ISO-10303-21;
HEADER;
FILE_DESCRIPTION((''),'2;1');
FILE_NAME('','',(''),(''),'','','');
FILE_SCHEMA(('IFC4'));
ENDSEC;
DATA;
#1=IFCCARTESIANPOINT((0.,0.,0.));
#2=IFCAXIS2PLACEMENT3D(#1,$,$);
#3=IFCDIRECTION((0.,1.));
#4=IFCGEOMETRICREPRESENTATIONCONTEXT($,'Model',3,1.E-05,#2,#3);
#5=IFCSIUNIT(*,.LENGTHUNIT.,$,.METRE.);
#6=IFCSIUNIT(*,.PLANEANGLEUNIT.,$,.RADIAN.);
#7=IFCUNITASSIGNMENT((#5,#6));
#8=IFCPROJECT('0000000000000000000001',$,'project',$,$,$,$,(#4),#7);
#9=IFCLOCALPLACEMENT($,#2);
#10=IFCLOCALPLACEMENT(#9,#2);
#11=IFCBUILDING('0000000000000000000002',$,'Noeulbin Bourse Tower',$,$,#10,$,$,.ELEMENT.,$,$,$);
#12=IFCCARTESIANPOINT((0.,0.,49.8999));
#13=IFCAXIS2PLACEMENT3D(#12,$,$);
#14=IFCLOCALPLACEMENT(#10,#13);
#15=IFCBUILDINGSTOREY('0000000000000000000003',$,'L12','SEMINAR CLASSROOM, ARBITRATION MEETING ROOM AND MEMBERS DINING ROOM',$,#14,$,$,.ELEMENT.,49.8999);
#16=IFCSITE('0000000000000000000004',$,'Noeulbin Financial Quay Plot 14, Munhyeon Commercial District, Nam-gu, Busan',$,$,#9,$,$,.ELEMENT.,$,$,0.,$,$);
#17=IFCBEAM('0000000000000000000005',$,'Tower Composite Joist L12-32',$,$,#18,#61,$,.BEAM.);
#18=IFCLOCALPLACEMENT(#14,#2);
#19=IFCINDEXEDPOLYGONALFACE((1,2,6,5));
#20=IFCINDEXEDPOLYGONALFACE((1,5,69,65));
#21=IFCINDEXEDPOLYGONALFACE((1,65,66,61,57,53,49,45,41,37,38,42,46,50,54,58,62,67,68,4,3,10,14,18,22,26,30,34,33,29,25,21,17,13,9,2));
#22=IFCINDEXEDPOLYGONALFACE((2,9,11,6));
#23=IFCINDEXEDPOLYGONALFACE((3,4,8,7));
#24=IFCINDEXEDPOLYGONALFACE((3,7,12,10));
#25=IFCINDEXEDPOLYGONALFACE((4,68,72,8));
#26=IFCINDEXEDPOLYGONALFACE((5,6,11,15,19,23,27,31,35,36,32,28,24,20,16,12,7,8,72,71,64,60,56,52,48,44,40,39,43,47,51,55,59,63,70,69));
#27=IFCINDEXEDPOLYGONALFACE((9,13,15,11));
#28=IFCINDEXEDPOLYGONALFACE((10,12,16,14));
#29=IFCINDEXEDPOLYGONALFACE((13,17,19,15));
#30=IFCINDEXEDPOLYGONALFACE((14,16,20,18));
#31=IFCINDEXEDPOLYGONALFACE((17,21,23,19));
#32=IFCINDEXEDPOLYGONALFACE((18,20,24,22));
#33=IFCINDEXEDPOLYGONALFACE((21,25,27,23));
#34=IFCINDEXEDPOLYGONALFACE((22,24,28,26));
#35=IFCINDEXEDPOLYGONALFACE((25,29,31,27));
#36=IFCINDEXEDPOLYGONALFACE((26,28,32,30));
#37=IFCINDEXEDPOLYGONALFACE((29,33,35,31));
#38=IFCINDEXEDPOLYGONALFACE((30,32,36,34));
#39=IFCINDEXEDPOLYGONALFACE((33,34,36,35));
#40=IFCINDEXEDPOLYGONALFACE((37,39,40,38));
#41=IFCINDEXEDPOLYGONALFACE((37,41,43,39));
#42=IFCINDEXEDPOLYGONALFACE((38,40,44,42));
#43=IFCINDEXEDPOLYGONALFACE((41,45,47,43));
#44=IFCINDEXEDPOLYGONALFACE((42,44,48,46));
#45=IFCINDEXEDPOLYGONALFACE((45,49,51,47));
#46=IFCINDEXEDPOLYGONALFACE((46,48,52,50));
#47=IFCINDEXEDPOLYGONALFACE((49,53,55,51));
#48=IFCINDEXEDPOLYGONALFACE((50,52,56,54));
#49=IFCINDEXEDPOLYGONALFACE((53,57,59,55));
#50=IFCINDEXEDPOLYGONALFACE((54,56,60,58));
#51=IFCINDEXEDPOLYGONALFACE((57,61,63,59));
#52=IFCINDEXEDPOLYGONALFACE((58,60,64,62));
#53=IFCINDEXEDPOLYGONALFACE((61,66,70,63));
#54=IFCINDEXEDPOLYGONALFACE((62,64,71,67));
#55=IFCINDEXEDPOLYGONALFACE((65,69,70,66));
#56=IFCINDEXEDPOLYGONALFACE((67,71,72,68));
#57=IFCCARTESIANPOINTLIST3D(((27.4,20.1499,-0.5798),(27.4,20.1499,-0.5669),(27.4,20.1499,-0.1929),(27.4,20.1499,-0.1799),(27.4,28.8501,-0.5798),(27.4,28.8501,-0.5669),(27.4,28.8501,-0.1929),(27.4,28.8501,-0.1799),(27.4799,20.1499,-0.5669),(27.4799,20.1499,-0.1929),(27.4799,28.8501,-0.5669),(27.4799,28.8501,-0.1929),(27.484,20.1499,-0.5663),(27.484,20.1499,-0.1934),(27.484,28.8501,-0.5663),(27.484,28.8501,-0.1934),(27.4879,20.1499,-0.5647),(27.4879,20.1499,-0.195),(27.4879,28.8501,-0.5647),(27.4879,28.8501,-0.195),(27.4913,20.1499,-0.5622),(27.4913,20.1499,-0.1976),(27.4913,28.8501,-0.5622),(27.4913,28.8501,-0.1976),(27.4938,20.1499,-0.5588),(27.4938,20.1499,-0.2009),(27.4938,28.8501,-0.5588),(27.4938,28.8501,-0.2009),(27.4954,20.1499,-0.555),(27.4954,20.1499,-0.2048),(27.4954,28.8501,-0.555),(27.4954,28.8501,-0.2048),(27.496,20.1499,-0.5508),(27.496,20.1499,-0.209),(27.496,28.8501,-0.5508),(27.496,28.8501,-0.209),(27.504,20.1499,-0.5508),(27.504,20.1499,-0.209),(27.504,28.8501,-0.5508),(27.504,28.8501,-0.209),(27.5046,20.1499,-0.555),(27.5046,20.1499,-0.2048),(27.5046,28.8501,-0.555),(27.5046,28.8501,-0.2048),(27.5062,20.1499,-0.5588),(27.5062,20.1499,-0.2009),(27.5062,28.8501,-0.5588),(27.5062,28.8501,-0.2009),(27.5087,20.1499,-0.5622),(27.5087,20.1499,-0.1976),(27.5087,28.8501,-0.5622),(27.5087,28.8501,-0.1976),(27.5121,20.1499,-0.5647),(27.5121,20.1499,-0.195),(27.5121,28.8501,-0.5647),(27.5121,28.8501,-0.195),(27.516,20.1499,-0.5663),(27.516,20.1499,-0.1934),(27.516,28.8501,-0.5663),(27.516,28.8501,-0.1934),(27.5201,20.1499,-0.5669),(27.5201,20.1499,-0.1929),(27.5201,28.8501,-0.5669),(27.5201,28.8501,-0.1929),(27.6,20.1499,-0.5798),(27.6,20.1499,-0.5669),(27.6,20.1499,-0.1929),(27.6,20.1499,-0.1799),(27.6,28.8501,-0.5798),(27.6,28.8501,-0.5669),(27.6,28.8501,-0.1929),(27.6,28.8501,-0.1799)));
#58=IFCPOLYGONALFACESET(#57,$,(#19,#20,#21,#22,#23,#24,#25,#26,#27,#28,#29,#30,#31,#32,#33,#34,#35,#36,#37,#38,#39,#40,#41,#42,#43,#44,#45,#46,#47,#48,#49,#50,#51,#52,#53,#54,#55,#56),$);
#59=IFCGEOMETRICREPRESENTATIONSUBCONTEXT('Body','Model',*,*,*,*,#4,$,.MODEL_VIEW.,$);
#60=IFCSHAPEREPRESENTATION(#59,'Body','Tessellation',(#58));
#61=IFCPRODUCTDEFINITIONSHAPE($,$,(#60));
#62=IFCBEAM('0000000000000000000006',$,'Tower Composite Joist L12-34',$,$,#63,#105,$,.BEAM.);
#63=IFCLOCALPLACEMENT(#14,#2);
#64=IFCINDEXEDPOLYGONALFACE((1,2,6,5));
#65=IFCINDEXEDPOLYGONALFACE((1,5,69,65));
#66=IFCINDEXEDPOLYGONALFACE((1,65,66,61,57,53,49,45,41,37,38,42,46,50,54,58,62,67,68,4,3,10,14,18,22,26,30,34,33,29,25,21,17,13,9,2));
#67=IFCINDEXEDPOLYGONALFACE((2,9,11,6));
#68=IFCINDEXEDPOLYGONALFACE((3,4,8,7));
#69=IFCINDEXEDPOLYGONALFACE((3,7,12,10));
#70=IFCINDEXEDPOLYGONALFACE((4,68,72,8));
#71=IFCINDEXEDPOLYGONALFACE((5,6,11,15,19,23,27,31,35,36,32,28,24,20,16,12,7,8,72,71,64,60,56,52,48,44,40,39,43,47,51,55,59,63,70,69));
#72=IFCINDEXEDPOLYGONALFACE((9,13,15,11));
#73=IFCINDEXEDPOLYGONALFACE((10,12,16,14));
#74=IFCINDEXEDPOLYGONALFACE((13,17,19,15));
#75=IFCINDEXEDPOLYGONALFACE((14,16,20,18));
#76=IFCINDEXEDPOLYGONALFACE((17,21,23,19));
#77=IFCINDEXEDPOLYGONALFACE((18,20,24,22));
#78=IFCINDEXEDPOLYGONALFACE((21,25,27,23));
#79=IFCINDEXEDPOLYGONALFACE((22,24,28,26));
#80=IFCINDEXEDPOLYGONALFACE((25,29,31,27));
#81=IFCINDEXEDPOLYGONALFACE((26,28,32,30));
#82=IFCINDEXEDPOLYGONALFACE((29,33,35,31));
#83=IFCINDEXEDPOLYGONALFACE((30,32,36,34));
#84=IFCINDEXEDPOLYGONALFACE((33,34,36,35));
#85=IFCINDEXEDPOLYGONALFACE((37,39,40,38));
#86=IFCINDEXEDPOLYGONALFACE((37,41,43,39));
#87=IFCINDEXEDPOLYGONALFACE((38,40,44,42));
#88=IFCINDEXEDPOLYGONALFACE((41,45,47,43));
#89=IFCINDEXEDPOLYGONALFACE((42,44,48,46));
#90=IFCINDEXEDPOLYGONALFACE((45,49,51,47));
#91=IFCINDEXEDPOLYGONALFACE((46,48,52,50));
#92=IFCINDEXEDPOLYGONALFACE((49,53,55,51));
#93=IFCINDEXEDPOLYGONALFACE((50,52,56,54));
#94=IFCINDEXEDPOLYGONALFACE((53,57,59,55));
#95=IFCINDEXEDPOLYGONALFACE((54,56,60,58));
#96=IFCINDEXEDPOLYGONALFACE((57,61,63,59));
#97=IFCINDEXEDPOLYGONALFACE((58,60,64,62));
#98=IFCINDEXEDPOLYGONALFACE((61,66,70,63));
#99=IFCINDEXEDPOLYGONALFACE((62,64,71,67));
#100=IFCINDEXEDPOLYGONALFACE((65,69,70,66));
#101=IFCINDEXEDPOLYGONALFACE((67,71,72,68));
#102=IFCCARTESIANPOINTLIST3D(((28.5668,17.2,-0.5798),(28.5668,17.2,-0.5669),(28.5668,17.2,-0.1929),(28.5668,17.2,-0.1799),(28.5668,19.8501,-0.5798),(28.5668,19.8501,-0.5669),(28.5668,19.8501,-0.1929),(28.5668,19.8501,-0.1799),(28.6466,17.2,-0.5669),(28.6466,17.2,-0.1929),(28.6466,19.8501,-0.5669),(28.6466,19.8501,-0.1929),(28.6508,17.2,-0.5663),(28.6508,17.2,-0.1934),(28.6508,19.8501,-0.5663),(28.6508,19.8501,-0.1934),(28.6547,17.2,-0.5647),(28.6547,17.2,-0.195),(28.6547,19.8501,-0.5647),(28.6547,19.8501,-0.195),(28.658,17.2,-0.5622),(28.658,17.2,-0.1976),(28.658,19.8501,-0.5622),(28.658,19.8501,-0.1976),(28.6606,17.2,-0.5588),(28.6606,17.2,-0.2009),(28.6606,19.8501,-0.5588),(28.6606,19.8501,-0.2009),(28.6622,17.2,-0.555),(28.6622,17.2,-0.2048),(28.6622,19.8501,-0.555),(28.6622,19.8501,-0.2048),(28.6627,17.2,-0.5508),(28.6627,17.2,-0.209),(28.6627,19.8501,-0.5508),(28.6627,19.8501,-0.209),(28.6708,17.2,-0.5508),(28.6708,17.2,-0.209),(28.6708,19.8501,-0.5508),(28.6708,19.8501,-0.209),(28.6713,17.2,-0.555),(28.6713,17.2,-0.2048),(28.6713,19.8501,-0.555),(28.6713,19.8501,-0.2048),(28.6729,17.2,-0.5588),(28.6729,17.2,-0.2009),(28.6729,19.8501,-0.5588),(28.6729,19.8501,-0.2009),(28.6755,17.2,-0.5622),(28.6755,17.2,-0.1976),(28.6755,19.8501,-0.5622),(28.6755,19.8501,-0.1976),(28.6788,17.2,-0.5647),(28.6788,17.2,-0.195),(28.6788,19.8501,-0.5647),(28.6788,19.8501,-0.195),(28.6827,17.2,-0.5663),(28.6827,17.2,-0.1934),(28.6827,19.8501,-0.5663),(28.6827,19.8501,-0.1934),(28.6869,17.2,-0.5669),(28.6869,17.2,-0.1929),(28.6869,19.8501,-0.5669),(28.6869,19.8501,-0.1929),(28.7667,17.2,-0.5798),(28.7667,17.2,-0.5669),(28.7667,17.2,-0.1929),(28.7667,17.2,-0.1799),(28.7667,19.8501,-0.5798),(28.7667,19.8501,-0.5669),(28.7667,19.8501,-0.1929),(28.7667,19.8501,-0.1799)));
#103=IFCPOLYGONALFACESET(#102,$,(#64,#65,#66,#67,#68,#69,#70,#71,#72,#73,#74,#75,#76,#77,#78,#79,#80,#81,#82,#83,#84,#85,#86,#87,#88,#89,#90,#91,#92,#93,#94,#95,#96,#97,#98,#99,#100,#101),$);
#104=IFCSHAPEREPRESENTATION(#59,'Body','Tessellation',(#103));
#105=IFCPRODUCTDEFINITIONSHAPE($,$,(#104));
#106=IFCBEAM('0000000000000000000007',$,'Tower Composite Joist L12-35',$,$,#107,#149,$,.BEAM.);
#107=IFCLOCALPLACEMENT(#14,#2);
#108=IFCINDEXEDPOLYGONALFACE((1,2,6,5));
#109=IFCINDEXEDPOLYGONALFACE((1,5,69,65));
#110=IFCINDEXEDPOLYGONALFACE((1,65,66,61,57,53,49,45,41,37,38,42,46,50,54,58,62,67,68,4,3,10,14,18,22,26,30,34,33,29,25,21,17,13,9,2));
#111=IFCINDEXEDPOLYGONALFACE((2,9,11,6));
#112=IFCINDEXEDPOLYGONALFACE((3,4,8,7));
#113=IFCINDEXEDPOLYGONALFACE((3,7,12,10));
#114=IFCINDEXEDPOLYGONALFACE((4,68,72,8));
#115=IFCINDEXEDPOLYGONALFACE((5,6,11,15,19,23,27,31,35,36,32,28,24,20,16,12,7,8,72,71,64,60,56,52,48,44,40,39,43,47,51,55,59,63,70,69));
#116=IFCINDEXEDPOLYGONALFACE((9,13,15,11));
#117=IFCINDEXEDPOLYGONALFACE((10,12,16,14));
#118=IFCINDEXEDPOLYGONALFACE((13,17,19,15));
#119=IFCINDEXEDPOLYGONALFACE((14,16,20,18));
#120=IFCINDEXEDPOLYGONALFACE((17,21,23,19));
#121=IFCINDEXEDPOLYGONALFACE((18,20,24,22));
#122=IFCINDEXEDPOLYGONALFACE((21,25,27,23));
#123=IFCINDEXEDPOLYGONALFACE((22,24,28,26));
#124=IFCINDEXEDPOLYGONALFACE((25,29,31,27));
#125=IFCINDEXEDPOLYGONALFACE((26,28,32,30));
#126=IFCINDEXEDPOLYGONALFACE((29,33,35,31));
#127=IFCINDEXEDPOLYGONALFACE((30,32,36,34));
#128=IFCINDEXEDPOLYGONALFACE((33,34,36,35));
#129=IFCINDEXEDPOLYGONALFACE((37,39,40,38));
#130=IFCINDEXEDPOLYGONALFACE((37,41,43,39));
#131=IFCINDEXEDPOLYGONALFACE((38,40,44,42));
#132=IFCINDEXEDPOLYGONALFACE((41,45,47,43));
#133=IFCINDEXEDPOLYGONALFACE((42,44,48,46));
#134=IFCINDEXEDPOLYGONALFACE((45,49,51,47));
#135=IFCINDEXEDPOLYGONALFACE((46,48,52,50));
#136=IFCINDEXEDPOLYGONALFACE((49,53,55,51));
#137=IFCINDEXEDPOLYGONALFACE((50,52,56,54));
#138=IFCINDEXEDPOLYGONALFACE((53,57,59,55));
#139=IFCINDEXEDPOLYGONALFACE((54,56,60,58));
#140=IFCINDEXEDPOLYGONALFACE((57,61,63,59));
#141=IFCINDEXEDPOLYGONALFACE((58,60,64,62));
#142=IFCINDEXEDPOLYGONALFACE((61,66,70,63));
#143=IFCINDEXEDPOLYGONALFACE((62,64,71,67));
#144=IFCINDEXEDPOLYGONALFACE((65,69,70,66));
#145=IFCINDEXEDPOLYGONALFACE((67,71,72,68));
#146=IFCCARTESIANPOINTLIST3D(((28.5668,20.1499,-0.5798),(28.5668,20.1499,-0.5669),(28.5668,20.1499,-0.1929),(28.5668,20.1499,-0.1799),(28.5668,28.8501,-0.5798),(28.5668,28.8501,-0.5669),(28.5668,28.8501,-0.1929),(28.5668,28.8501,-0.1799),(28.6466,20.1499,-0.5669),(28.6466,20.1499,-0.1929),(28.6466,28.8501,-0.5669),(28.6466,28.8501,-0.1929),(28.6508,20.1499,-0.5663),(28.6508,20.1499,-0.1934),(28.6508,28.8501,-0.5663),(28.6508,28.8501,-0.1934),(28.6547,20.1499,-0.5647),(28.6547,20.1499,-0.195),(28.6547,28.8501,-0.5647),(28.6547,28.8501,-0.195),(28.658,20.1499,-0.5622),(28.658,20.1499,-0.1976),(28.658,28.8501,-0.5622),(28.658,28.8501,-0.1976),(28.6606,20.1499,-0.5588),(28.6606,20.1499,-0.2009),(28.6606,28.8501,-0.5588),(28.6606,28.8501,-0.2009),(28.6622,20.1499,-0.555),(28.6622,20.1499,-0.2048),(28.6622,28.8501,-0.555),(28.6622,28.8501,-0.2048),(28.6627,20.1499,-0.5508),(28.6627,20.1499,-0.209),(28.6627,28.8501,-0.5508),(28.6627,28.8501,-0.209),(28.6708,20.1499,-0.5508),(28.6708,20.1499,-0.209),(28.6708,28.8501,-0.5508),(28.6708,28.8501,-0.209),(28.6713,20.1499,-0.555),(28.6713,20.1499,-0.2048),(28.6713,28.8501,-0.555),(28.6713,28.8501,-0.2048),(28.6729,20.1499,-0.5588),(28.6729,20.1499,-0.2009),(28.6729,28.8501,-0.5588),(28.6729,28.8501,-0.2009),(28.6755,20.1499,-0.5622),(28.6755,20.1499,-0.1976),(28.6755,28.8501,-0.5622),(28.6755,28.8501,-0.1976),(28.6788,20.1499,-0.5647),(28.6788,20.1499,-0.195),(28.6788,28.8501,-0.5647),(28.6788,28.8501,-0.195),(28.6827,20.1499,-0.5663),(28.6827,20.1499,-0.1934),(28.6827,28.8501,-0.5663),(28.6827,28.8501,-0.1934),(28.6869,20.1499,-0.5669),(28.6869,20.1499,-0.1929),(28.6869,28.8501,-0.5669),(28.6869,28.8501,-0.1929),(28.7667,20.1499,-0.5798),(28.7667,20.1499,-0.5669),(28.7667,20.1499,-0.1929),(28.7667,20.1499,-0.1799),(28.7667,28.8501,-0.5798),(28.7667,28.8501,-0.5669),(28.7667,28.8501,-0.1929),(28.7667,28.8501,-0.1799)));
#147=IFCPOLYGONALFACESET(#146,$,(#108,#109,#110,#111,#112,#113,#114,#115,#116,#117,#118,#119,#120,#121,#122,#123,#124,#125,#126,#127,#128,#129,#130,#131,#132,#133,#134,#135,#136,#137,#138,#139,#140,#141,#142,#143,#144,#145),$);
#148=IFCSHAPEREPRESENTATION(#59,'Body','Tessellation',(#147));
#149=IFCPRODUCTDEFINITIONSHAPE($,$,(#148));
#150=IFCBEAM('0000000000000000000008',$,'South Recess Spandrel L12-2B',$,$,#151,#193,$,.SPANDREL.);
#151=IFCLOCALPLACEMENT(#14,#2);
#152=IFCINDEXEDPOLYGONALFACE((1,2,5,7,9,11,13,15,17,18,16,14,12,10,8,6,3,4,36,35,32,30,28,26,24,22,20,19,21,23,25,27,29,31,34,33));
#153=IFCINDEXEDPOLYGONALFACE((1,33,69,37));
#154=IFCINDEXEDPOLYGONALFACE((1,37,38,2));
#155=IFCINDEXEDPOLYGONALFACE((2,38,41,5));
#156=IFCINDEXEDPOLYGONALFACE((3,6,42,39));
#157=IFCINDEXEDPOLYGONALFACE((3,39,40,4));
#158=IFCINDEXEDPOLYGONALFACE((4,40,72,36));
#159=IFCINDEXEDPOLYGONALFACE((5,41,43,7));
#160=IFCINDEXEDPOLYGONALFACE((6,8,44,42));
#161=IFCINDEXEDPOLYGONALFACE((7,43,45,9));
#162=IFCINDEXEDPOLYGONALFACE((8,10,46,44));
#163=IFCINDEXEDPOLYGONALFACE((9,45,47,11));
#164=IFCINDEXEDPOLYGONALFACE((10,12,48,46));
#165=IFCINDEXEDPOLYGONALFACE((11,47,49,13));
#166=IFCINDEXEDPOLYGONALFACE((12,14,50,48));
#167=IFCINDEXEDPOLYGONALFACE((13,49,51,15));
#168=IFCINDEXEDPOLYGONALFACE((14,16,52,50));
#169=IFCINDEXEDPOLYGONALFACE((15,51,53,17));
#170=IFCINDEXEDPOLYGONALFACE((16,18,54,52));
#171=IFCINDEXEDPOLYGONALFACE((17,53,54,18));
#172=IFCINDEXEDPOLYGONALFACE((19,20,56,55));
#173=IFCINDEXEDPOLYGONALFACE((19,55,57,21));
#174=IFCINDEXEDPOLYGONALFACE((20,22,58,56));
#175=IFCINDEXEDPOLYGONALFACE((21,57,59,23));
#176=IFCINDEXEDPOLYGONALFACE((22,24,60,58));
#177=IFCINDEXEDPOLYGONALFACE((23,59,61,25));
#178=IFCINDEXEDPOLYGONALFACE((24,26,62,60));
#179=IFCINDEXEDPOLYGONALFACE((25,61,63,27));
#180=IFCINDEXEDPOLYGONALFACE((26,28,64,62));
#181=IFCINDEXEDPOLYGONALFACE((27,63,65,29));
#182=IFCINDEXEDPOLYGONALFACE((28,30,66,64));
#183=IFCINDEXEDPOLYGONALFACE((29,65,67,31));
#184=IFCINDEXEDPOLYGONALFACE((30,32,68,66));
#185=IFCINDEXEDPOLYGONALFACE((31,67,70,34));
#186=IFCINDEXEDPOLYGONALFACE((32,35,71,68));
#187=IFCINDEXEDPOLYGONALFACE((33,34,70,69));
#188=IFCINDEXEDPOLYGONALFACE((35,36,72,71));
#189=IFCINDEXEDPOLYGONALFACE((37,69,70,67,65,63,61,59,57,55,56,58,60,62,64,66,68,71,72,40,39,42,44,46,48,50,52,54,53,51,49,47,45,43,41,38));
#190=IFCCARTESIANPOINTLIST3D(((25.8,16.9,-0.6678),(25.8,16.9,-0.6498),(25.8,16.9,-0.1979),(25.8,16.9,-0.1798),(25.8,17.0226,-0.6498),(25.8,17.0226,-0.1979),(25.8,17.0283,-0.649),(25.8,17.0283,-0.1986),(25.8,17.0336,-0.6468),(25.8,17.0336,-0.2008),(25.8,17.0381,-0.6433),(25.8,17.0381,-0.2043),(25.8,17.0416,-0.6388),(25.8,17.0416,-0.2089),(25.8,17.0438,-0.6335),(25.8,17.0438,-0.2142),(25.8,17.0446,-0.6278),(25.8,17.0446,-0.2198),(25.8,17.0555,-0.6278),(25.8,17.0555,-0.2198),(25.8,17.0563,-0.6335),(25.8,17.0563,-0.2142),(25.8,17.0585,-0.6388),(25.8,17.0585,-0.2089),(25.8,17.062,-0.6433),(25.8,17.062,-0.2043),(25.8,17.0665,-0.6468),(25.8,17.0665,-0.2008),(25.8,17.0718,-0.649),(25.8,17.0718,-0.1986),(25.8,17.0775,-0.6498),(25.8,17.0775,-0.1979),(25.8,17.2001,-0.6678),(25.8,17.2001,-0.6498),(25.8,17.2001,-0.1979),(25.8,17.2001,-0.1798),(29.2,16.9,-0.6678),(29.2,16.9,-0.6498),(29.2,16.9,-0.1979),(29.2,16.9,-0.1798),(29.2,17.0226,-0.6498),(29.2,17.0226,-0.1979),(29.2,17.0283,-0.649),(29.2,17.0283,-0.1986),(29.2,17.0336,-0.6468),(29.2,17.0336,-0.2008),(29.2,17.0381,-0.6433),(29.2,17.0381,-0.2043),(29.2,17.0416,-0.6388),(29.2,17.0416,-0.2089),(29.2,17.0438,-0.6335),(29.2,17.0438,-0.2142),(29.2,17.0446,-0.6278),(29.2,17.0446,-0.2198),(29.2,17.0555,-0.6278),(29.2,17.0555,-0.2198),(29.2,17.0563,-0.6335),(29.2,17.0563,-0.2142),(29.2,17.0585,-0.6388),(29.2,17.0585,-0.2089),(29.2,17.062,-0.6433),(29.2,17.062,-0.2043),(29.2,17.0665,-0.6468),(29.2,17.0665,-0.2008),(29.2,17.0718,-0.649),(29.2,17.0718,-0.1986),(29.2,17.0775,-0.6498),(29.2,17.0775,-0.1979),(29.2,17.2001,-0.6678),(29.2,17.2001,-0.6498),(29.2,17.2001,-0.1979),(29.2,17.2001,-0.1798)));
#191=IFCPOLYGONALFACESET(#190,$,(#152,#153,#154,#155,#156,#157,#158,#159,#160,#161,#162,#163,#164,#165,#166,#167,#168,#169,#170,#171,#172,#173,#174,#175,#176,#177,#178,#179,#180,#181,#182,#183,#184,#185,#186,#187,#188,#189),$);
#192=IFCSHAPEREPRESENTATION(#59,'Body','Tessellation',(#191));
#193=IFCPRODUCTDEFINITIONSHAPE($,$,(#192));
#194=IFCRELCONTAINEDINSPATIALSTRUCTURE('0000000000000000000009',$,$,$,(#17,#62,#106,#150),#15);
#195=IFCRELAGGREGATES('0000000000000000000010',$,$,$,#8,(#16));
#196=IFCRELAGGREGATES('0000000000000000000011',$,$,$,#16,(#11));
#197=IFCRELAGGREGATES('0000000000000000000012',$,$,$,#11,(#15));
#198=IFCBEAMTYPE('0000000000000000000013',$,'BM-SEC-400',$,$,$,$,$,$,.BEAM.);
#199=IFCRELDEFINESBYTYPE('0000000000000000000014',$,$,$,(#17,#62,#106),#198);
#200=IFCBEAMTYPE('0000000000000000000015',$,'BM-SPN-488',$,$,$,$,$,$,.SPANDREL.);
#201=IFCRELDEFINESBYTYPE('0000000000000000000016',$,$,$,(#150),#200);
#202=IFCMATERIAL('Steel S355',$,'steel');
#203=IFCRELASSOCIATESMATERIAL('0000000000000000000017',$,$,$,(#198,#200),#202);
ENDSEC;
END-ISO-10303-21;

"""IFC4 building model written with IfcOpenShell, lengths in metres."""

from ifc_helpers import new_model, si_unit, direction, frame, origin, origin_2d, place, context, subcontext, project, spatial, i_section, extrude, material, material_profile, profile_set, type_object, element, save


model = new_model("IFC4")

# Units and contexts
model_context = context("Model", 3, precision=1e-05, world=origin(), true_north=direction((0.0, 1.0)))
body_context = subcontext(model_context, "Body", "Model", "MODEL_VIEW")
ifc_project = project(units=[si_unit("LENGTHUNIT", "METRE"), si_unit("PLANEANGLEUNIT", "RADIAN")], contexts=[model_context])

# Site, building, storey
site_placement = place(None, origin())
site = spatial("IfcSite", under=ifc_project, at=site_placement, Name="Noeulbin Financial Quay Plot 14, Munhyeon Commercial District, Nam-gu, Busan", CompositionType="ELEMENT", RefElevation=0.0)
building_placement = place(site_placement, origin())
building = spatial("IfcBuilding", under=site, at=building_placement, Name="Noeulbin Bourse Tower", CompositionType="ELEMENT")
storey_placement = place(building_placement, frame((0.0, 0.0, 49.8999)))
storey = spatial("IfcBuildingStorey", under=building, at=storey_placement, Name="L12", Description="SEMINAR CLASSROOM, ARBITRATION MEETING ROOM AND MEMBERS DINING ROOM", CompositionType="ELEMENT", Elevation=49.8999)

# Beams
ifc_material_1 = material(Name="Steel S355", Category="steel")
ifc_material_profile_1 = material_profile(ifc_material_1, i_section(OverallWidth=0.2, OverallDepth=0.3999, WebThickness=0.0081, FlangeThickness=0.0129, FilletRadius=0.0161, at=origin_2d()), Name="H-400x200x8x13", Category="LoadBearing")
ifc_profile_set_1 = profile_set([ifc_material_profile_1], Name="Steel S355")
beam_type_1 = type_object("IfcBeamType", Name="BM-SEC-400", PredefinedType="BEAM", material=ifc_profile_set_1)
beam_1_placement = place(storey_placement, frame((27.5, 20.1499, -0.3799), z_axis=(0.0, 1.0, 0.0), x_axis=(-1.0, 0.0, 0.0)))
element("IfcBeam", 1, at=beam_1_placement, inside=storey, type_object=beam_type_1, Name="Tower Composite Joist L12-32", PredefinedType="BEAM", context=body_context, shape_type="SweptSolid", body=[
    extrude(i_section(OverallWidth=0.2, OverallDepth=0.3999, WebThickness=0.0081, FlangeThickness=0.0129, FilletRadius=0.0161, at=origin_2d()), origin(), (0.0, 0.0, 1.0), 8.7002),
])
beam_2_placement = place(storey_placement, frame((28.6667, 17.2, -0.3799), z_axis=(0.0, 1.0, 0.0), x_axis=(-1.0, 0.0, 0.0)))
element("IfcBeam", 2, at=beam_2_placement, inside=storey, type_object=beam_type_1, Name="Tower Composite Joist L12-34", PredefinedType="BEAM", context=body_context, shape_type="SweptSolid", body=[
    extrude(i_section(OverallWidth=0.2, OverallDepth=0.3999, WebThickness=0.0081, FlangeThickness=0.0129, FilletRadius=0.0161, at=origin_2d()), origin(), (0.0, 0.0, 1.0), 2.6501),
])
beam_3_placement = place(storey_placement, frame((28.6667, 20.1499, -0.3799), z_axis=(0.0, 1.0, 0.0), x_axis=(-1.0, 0.0, 0.0)))
element("IfcBeam", 3, at=beam_3_placement, inside=storey, type_object=beam_type_1, Name="Tower Composite Joist L12-35", PredefinedType="BEAM", context=body_context, shape_type="SweptSolid", body=[
    extrude(i_section(OverallWidth=0.2, OverallDepth=0.3999, WebThickness=0.0081, FlangeThickness=0.0129, FilletRadius=0.0161, at=origin_2d()), origin(), (0.0, 0.0, 1.0), 8.7002),
])
ifc_material_profile_2 = material_profile(ifc_material_1, i_section(OverallWidth=0.3, OverallDepth=0.488, WebThickness=0.011, FlangeThickness=0.0181, FilletRadius=0.022, at=origin_2d()), Name="H-488x300x11x18", Category="LoadBearing")
ifc_profile_set_2 = profile_set([ifc_material_profile_2], Name="Steel S355")
beam_type_2 = type_object("IfcBeamType", Name="BM-SPN-488", PredefinedType="SPANDREL", material=ifc_profile_set_2)
beam_4_placement = place(storey_placement, frame((25.8, 17.05, -0.4238), z_axis=(1.0, 0.0, 0.0), x_axis=(0.0, 1.0, 0.0)))
element("IfcBeam", 4, at=beam_4_placement, inside=storey, type_object=beam_type_2, Name="South Recess Spandrel L12-2B", PredefinedType="SPANDREL", context=body_context, shape_type="SweptSolid", body=[
    extrude(i_section(OverallWidth=0.3, OverallDepth=0.488, WebThickness=0.011, FlangeThickness=0.0181, FilletRadius=0.022, at=origin_2d()), origin(), (0.0, 0.0, 1.0), 3.3999),
])

save(model, "model.ifc")
